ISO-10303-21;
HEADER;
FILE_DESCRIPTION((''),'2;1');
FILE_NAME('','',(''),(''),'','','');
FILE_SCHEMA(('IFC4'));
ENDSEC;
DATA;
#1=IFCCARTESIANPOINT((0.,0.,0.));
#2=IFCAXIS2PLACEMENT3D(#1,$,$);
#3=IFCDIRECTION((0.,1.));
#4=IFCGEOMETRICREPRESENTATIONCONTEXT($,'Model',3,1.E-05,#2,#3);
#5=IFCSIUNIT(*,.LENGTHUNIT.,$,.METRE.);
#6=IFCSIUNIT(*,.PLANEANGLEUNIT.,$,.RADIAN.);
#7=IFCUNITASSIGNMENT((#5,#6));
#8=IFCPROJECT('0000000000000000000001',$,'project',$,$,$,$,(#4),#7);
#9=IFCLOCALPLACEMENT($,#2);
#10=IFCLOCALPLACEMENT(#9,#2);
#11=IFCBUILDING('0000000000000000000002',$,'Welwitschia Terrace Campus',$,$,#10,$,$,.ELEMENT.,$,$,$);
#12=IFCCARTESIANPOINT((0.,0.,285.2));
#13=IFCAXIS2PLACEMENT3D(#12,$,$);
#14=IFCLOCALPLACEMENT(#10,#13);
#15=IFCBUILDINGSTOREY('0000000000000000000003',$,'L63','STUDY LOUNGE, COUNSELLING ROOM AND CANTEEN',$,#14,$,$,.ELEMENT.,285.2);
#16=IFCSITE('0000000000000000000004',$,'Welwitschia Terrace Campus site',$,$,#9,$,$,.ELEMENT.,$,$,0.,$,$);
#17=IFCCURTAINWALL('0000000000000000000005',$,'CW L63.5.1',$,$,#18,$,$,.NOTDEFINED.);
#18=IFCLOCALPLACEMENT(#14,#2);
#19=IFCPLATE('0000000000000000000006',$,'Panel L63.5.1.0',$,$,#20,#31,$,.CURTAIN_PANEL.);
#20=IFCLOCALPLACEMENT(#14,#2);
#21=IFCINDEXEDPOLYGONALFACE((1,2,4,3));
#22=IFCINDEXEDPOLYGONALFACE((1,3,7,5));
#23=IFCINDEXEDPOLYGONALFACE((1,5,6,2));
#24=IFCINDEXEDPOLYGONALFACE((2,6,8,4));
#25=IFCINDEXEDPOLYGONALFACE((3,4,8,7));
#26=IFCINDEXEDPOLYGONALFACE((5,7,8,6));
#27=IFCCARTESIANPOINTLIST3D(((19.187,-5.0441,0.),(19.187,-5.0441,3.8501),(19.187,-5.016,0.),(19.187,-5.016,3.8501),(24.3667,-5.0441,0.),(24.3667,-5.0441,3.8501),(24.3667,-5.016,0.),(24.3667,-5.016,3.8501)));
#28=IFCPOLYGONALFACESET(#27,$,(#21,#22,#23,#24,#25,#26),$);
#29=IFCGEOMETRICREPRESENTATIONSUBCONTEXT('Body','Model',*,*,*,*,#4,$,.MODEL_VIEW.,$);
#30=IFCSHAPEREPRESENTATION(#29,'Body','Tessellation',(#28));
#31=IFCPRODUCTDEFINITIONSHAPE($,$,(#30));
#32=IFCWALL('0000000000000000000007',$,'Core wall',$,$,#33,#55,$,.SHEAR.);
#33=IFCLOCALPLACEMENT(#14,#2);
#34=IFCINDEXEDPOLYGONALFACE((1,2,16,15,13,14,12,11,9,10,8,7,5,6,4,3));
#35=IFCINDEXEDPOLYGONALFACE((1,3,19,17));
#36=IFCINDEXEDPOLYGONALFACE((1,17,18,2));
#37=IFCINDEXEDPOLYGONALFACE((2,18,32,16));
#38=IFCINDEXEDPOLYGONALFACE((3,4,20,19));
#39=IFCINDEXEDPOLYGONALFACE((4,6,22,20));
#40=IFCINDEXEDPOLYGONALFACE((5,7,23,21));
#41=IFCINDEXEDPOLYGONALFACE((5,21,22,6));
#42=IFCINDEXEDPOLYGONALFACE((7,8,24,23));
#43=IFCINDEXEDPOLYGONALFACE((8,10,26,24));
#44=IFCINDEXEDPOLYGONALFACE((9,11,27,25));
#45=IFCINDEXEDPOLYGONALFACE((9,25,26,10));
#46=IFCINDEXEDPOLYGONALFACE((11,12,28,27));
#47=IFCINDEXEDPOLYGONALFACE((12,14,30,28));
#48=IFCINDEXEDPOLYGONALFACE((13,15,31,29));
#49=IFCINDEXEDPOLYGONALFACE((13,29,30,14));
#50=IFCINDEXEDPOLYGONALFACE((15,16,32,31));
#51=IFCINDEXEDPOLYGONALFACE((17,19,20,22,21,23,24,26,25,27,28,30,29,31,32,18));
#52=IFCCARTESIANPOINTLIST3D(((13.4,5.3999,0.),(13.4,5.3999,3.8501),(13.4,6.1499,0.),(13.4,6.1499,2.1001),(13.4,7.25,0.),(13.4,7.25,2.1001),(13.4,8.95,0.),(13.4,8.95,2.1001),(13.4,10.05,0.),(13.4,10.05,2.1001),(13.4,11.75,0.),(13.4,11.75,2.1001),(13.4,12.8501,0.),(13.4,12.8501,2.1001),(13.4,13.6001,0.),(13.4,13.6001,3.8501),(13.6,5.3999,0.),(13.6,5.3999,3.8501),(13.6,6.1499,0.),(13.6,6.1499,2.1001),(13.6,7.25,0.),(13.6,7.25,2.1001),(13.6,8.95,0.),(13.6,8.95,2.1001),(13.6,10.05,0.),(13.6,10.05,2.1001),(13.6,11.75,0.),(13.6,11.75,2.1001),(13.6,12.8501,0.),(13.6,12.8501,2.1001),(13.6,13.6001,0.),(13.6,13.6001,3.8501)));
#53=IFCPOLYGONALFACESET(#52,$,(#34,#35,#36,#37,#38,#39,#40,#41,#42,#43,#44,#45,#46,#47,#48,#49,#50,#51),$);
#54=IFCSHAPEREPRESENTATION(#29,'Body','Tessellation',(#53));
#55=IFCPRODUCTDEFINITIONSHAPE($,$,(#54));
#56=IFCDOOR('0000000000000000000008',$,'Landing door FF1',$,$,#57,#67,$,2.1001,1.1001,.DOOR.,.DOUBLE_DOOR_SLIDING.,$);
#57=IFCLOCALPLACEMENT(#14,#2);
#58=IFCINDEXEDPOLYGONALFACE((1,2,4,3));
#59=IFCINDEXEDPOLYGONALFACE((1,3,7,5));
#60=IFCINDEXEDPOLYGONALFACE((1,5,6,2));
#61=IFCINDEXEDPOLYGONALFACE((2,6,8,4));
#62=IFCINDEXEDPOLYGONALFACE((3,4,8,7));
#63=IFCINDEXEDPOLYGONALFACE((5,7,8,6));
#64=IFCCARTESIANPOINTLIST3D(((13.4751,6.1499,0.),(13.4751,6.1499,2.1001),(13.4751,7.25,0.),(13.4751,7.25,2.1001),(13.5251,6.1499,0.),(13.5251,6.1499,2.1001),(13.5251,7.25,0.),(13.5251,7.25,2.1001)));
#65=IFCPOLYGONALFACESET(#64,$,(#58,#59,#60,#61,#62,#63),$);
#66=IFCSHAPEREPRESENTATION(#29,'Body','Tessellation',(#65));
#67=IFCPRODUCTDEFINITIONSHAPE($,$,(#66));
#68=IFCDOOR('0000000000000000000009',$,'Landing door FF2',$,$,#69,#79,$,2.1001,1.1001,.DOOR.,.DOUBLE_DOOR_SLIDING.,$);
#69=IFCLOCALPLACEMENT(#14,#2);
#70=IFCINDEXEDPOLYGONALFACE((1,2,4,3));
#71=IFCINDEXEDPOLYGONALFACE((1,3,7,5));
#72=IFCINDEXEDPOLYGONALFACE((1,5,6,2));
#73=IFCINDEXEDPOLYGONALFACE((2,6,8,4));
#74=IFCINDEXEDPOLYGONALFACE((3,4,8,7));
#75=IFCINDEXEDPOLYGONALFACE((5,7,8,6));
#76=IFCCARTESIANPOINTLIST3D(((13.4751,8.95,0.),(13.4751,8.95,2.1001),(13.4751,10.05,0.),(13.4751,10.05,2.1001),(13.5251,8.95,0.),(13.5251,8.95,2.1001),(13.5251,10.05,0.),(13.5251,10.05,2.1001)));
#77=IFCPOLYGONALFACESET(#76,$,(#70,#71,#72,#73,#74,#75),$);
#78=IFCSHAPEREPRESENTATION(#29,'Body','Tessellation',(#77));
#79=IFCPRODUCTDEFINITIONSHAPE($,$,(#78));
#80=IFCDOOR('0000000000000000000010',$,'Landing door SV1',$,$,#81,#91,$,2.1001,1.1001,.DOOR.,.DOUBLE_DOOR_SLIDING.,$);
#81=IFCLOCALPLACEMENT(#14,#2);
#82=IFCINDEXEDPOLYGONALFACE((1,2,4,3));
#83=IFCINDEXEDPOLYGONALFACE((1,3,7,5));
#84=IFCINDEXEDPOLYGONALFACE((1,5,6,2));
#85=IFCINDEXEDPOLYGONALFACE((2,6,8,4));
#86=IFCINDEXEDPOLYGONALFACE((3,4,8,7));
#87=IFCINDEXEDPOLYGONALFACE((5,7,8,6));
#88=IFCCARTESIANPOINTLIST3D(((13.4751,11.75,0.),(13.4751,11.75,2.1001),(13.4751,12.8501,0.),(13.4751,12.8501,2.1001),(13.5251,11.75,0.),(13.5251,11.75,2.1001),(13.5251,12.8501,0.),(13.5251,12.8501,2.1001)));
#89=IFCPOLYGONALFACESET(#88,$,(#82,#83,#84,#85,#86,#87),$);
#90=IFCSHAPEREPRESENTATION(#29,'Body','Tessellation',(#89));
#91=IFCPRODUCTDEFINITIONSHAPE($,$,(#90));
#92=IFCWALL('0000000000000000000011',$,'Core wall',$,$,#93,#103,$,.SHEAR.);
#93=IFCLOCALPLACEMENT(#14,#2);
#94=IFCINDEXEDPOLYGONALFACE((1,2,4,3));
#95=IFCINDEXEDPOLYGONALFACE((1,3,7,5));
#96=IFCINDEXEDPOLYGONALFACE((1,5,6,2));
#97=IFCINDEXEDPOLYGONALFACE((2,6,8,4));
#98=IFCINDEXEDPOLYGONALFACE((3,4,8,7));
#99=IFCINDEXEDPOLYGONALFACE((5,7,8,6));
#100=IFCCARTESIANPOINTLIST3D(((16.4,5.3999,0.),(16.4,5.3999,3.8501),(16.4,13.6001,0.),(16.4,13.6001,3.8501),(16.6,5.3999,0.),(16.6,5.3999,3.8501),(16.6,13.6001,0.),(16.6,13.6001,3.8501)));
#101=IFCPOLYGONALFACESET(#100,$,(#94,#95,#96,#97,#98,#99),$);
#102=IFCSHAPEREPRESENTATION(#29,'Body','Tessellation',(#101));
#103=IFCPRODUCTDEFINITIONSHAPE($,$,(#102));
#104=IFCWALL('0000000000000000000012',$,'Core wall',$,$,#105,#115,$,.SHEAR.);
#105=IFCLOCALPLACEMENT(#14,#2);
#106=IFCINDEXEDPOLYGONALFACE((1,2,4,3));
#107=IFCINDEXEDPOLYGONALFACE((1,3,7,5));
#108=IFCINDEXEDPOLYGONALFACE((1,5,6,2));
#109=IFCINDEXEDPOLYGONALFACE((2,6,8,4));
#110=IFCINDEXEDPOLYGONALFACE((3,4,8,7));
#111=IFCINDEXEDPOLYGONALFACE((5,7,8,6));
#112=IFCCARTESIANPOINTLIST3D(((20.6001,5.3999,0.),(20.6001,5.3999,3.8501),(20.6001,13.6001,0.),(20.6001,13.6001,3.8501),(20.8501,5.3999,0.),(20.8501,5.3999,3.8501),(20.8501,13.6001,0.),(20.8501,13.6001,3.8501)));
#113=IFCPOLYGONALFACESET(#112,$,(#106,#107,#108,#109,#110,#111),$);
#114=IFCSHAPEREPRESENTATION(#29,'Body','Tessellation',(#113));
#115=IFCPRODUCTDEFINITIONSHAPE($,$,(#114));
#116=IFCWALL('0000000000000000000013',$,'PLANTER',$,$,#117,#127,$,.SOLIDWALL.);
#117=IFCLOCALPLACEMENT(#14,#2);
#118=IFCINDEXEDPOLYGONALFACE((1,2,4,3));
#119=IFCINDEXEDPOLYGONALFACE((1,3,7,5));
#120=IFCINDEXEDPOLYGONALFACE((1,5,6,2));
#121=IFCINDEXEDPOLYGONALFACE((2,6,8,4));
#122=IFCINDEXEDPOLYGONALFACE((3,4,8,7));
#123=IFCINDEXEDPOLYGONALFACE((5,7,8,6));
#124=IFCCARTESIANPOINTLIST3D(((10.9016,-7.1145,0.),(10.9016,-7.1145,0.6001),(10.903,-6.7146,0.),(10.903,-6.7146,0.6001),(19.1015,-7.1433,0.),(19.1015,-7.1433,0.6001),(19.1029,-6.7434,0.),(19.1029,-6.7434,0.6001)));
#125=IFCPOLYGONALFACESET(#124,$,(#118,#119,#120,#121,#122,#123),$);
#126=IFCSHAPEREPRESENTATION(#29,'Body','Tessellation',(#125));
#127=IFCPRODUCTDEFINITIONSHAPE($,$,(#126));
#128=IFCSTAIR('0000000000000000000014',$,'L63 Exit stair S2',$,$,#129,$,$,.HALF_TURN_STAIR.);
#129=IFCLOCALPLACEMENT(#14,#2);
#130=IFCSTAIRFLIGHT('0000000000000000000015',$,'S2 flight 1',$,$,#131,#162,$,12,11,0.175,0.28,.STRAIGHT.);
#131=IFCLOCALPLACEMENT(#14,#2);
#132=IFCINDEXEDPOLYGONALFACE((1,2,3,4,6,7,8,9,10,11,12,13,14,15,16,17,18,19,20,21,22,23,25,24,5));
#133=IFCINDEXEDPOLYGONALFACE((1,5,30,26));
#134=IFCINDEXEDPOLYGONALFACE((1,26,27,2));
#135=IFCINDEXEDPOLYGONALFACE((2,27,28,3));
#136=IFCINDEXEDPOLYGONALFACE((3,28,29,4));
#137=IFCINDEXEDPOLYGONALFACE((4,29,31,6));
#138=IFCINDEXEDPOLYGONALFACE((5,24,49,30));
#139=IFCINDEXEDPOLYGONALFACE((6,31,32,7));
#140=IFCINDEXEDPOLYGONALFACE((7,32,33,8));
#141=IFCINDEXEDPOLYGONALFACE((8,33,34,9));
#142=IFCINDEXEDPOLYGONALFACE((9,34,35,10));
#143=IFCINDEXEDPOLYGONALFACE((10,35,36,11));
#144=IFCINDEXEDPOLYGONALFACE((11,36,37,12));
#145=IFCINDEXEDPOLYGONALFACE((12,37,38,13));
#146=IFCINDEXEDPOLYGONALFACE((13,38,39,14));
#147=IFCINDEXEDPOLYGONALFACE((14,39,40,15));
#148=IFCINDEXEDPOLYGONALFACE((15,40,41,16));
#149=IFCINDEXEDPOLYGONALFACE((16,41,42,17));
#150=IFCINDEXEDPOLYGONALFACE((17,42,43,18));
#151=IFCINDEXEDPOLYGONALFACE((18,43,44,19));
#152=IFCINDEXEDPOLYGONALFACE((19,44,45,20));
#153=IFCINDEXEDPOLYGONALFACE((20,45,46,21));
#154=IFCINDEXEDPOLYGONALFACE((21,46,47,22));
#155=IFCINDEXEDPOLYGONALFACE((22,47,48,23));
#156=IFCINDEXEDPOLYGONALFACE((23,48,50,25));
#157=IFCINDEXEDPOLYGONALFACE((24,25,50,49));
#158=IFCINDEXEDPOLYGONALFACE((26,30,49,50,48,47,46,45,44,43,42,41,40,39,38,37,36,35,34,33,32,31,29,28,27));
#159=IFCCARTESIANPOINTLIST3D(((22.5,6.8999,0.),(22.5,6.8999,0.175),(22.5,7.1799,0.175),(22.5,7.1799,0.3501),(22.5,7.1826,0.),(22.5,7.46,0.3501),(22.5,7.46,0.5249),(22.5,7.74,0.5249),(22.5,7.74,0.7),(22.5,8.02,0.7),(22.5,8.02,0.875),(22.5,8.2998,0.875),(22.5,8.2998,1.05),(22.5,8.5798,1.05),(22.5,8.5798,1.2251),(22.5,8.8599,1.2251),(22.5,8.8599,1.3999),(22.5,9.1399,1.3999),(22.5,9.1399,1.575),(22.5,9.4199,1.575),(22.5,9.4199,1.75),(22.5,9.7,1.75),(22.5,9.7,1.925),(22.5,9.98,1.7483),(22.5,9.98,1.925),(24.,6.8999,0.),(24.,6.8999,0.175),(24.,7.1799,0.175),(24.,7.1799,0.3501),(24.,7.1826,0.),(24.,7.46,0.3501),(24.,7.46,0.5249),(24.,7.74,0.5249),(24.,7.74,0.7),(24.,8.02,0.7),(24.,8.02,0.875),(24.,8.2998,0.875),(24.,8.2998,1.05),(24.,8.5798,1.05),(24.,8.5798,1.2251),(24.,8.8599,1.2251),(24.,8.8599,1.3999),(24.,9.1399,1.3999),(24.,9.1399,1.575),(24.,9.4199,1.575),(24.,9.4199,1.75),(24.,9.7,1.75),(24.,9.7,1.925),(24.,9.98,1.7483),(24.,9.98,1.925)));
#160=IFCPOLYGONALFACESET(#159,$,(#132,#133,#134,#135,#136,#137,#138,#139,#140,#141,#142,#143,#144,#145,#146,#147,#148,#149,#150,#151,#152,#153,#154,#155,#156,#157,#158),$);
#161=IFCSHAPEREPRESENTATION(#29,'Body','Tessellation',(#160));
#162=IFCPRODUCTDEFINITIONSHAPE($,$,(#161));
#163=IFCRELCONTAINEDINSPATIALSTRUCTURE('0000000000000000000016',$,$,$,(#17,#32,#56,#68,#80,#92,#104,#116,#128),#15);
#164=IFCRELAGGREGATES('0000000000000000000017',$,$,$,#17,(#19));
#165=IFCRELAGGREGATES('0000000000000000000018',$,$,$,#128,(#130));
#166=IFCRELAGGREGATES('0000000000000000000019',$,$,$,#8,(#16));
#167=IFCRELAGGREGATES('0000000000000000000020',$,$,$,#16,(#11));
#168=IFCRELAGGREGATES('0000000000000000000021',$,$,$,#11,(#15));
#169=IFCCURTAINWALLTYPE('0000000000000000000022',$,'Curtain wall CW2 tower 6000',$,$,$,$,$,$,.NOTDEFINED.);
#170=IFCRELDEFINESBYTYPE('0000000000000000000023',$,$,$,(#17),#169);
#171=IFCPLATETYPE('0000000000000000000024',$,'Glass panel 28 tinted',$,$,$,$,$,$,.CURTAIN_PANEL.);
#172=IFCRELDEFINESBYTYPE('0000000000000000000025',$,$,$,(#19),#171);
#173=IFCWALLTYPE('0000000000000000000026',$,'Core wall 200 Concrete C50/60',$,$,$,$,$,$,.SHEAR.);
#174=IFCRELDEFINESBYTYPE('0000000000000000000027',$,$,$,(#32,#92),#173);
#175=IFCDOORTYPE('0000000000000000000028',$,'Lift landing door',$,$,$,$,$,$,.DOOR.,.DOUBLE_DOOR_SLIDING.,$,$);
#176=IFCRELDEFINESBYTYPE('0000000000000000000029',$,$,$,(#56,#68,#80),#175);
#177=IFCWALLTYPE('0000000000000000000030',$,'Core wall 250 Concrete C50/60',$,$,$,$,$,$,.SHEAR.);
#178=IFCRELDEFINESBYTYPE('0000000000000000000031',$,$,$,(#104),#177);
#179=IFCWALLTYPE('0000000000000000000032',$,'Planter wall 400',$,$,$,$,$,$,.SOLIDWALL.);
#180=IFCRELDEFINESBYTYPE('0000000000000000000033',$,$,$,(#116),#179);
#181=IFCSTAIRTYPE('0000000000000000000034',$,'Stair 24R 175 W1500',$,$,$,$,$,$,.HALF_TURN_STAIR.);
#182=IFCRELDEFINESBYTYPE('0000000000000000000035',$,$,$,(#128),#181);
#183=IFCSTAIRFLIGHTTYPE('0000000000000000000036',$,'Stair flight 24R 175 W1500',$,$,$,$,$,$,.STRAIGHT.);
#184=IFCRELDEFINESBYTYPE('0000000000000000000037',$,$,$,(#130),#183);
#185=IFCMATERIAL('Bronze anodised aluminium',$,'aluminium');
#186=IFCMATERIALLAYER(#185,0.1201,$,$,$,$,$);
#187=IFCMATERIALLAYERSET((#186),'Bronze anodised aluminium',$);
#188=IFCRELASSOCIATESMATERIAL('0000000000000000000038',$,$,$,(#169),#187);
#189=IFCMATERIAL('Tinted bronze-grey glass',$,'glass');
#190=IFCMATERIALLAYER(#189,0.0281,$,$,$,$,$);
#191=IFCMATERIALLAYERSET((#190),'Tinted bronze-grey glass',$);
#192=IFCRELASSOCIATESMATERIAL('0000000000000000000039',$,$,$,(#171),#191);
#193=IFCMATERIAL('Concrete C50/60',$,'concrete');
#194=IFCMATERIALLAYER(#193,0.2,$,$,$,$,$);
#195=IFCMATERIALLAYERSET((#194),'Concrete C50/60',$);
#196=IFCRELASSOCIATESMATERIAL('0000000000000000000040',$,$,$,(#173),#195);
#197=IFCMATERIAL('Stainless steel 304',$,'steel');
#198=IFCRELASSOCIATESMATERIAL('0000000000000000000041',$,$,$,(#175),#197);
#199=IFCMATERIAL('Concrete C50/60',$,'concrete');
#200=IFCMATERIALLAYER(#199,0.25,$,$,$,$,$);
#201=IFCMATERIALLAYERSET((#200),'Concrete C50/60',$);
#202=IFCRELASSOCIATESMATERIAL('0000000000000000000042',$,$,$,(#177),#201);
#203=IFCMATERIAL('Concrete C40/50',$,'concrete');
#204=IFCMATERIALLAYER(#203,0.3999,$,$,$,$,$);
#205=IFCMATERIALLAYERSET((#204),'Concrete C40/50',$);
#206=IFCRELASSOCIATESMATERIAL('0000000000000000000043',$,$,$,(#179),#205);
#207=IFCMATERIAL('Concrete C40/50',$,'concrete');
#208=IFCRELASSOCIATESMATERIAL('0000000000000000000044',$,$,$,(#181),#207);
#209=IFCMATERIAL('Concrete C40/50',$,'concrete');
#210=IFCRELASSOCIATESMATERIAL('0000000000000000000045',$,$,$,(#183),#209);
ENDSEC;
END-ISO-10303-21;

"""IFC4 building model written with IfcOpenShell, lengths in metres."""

from ifc_helpers import new_model, si_unit, direction, frame, frame_2d, origin, origin_2d, place, context, subcontext, project, spatial, polyline, rectangle, outline, extrude, material, layer, layer_set, type_object, element, fill, aggregate, save


model = new_model("IFC4")

# Units and contexts
model_context = context("Model", 3, precision=1e-05, world=origin(), true_north=direction((0.0, 1.0)))
body_context = subcontext(model_context, "Body", "Model", "MODEL_VIEW")
ifc_project = project(units=[si_unit("LENGTHUNIT", "METRE"), si_unit("PLANEANGLEUNIT", "RADIAN")], contexts=[model_context])

# Site, building, storey
site_placement = place(None, origin())
site = spatial("IfcSite", under=ifc_project, at=site_placement, Name="Welwitschia Terrace Campus site", CompositionType="ELEMENT", RefElevation=0.0)
building_placement = place(site_placement, origin())
building = spatial("IfcBuilding", under=site, at=building_placement, Name="Welwitschia Terrace Campus", CompositionType="ELEMENT")
storey_placement = place(building_placement, frame((0.0, 0.0, 285.2)))
storey = spatial("IfcBuildingStorey", under=building, at=storey_placement, Name="L63", Description="STUDY LOUNGE, COUNSELLING ROOM AND CANTEEN", CompositionType="ELEMENT", Elevation=285.2)

# Curtain wall
ifc_material_1 = material(Name="Bronze anodised aluminium", Category="aluminium")
ifc_layer_1 = layer(ifc_material_1, 0.1201)
ifc_layer_set_1 = layer_set([ifc_layer_1], Name="Bronze anodised aluminium")
curtain_wall_type = type_object("IfcCurtainWallType", Name="Curtain wall CW2 tower 6000", PredefinedType="NOTDEFINED", material=ifc_layer_set_1)
curtain_wall_placement = place(storey_placement, origin())
curtain_wall = element("IfcCurtainWall", 1, at=curtain_wall_placement, inside=storey, type_object=curtain_wall_type, Name="CW L63.5.1", PredefinedType="NOTDEFINED")

# Plate
ifc_material_2 = material(Name="Tinted bronze-grey glass", Category="glass")
ifc_layer_2 = layer(ifc_material_2, 0.0281)
ifc_layer_set_2 = layer_set([ifc_layer_2], Name="Tinted bronze-grey glass")
plate_type = type_object("IfcPlateType", Name="Glass panel 28 tinted", PredefinedType="CURTAIN_PANEL", material=ifc_layer_set_2)
plate_placement = place(storey_placement, frame((21.7769, -5.03, 0.0), z_axis=(0.0, 0.0, 1.0), x_axis=(1.0, 0.0, 0.0)))
plate = element("IfcPlate", 2, at=plate_placement, type_object=plate_type, Name="Panel L63.5.1.0", PredefinedType="CURTAIN_PANEL", context=body_context, shape_type="SweptSolid", body=[
    extrude(rectangle(XDim=5.1797, YDim=0.0281, at=origin_2d()), origin(), (0.0, 0.0, 1.0), 3.8501),
])
aggregate(curtain_wall, [plate])

# Wall, openings, doors
ifc_material_3 = material(Name="Concrete C50/60", Category="concrete")
ifc_layer_3 = layer(ifc_material_3, 0.2)
ifc_layer_set_3 = layer_set([ifc_layer_3], Name="Concrete C50/60")
wall_type_1 = type_object("IfcWallType", Name="Core wall 200 Concrete C50/60", PredefinedType="SHEAR", material=ifc_layer_set_3)
wall_1_placement = place(storey_placement, frame((13.5, 5.3999, 0.0), z_axis=(0.0, 0.0, 1.0), x_axis=(0.0, 1.0, 0.0)))
wall_1 = element("IfcWall", 3, at=wall_1_placement, inside=storey, type_object=wall_type_1, Name="Core wall", PredefinedType="SHEAR", context=body_context, shape_type="SweptSolid", body=[
    extrude(rectangle(XDim=8.2002, YDim=0.2, at=frame_2d((4.1001, 0.0))), origin(), (0.0, 0.0, 1.0), 3.8501),
])
opening_1_placement = place(wall_1_placement, frame((0.75, 0.0, 0.0)))
opening_1 = element("IfcOpeningElement", 4, at=opening_1_placement, cuts=wall_1, PredefinedType="OPENING", context=body_context, shape_type="SweptSolid", body=[
    extrude(rectangle(XDim=1.1001, YDim=2.1001, at=frame_2d((0.55, 1.05))), frame((0.0, 0.1099, 0.0), z_axis=(0.0, -1.0, 0.0), x_axis=(1.0, 0.0, 0.0)), (0.0, 0.0, 1.0), 0.22),
])
opening_2_placement = place(wall_1_placement, frame((3.55, 0.0, 0.0)))
opening_2 = element("IfcOpeningElement", 5, at=opening_2_placement, cuts=wall_1, PredefinedType="OPENING", context=body_context, shape_type="SweptSolid", body=[
    extrude(rectangle(XDim=1.1001, YDim=2.1001, at=frame_2d((0.55, 1.05))), frame((0.0, 0.1099, 0.0), z_axis=(0.0, -1.0, 0.0), x_axis=(1.0, 0.0, 0.0)), (0.0, 0.0, 1.0), 0.22),
])
opening_3_placement = place(wall_1_placement, frame((6.3501, 0.0, 0.0)))
opening_3 = element("IfcOpeningElement", 6, at=opening_3_placement, cuts=wall_1, PredefinedType="OPENING", context=body_context, shape_type="SweptSolid", body=[
    extrude(rectangle(XDim=1.1001, YDim=2.1001, at=frame_2d((0.55, 1.05))), frame((0.0, 0.1099, 0.0), z_axis=(0.0, -1.0, 0.0), x_axis=(1.0, 0.0, 0.0)), (0.0, 0.0, 1.0), 0.22),
])
ifc_material_4 = material(Name="Stainless steel 304", Category="steel")
door_type_1 = type_object("IfcDoorType", Name="Lift landing door", OperationType="DOUBLE_DOOR_SLIDING", PredefinedType="DOOR", material=ifc_material_4)
door_1_placement = place(opening_1_placement, origin())
door_1 = element("IfcDoor", 7, at=door_1_placement, inside=storey, type_object=door_type_1, Name="Landing door FF1", OperationType="DOUBLE_DOOR_SLIDING", OverallHeight=2.1001, OverallWidth=1.1001, PredefinedType="DOOR", context=body_context, shape_type="SweptSolid", body=[
    extrude(rectangle(XDim=1.1001, YDim=2.1001, at=frame_2d((0.55, 1.05))), frame((0.0, 0.0249, 0.0), z_axis=(0.0, -1.0, 0.0), x_axis=(1.0, 0.0, 0.0)), (0.0, 0.0, 1.0), 0.05),
])
fill(opening_1, door_1)
door_2_placement = place(opening_2_placement, origin())
door_2 = element("IfcDoor", 8, at=door_2_placement, inside=storey, type_object=door_type_1, Name="Landing door FF2", OperationType="DOUBLE_DOOR_SLIDING", OverallHeight=2.1001, OverallWidth=1.1001, PredefinedType="DOOR", context=body_context, shape_type="SweptSolid", body=[
    extrude(rectangle(XDim=1.1001, YDim=2.1001, at=frame_2d((0.55, 1.05))), frame((0.0, 0.0249, 0.0), z_axis=(0.0, -1.0, 0.0), x_axis=(1.0, 0.0, 0.0)), (0.0, 0.0, 1.0), 0.05),
])
fill(opening_2, door_2)
door_3_placement = place(opening_3_placement, origin())
door_3 = element("IfcDoor", 9, at=door_3_placement, inside=storey, type_object=door_type_1, Name="Landing door SV1", OperationType="DOUBLE_DOOR_SLIDING", OverallHeight=2.1001, OverallWidth=1.1001, PredefinedType="DOOR", context=body_context, shape_type="SweptSolid", body=[
    extrude(rectangle(XDim=1.1001, YDim=2.1001, at=frame_2d((0.55, 1.05))), frame((0.0, 0.0249, 0.0), z_axis=(0.0, -1.0, 0.0), x_axis=(1.0, 0.0, 0.0)), (0.0, 0.0, 1.0), 0.05),
])
fill(opening_3, door_3)

# Walls
wall_2_placement = place(storey_placement, frame((16.5, 5.3999, 0.0), z_axis=(0.0, 0.0, 1.0), x_axis=(0.0, 1.0, 0.0)))
element("IfcWall", 10, at=wall_2_placement, inside=storey, type_object=wall_type_1, Name="Core wall", PredefinedType="SHEAR", context=body_context, shape_type="SweptSolid", body=[
    extrude(rectangle(XDim=8.2002, YDim=0.2, at=frame_2d((4.1001, 0.0))), origin(), (0.0, 0.0, 1.0), 3.8501),
])
ifc_material_5 = material(Name="Concrete C50/60", Category="concrete")
ifc_layer_4 = layer(ifc_material_5, 0.25)
ifc_layer_set_4 = layer_set([ifc_layer_4], Name="Concrete C50/60")
wall_type_2 = type_object("IfcWallType", Name="Core wall 250 Concrete C50/60", PredefinedType="SHEAR", material=ifc_layer_set_4)
wall_3_placement = place(storey_placement, frame((20.7251, 5.3999, 0.0), z_axis=(0.0, 0.0, 1.0), x_axis=(0.0, 1.0, 0.0)))
element("IfcWall", 11, at=wall_3_placement, inside=storey, type_object=wall_type_2, Name="Core wall", PredefinedType="SHEAR", context=body_context, shape_type="SweptSolid", body=[
    extrude(rectangle(XDim=8.2002, YDim=0.25, at=frame_2d((4.1001, 0.0))), origin(), (0.0, 0.0, 1.0), 3.8501),
])
ifc_material_6 = material(Name="Concrete C40/50", Category="concrete")
ifc_layer_5 = layer(ifc_material_6, 0.3999)
ifc_layer_set_5 = layer_set([ifc_layer_5], Name="Concrete C40/50")
wall_type_3 = type_object("IfcWallType", Name="Planter wall 400", PredefinedType="SOLIDWALL", material=ifc_layer_set_5)
wall_4_placement = place(storey_placement, frame((19.1023, -6.9434, 0.0), z_axis=(0.0, 0.0, 1.0), x_axis=(-0.999994, 0.003513, 0.0)))
element("IfcWall", 12, at=wall_4_placement, inside=storey, type_object=wall_type_3, Name="PLANTER", PredefinedType="SOLIDWALL", context=body_context, shape_type="SweptSolid", body=[
    extrude(rectangle(XDim=8.2, YDim=0.3999, at=frame_2d((4.1001, 0.0))), origin(), (0.0, 0.0, 1.0), 0.6001),
])

# Stair, stair flight
ifc_material_7 = material(Name="Concrete C40/50", Category="concrete")
stair_type = type_object("IfcStairType", Name="Stair 24R 175 W1500", PredefinedType="HALF_TURN_STAIR", material=ifc_material_7)
stair_placement = place(storey_placement, origin())
stair = element("IfcStair", 13, at=stair_placement, inside=storey, type_object=stair_type, Name="L63 Exit stair S2", PredefinedType="HALF_TURN_STAIR")
ifc_material_8 = material(Name="Concrete C40/50", Category="concrete")
stair_flight_type = type_object("IfcStairFlightType", Name="Stair flight 24R 175 W1500", PredefinedType="STRAIGHT", material=ifc_material_8)
stair_flight_placement = place(storey_placement, frame((23.25, 6.8999, 0.0), z_axis=(0.0, 0.0, 1.0), x_axis=(0.0, 1.0, 0.0)))
stair_flight = element("IfcStairFlight", 14, at=stair_flight_placement, type_object=stair_flight_type, Name="S2 flight 1", NumberOfRisers=12, NumberOfTreads=11, PredefinedType="STRAIGHT", RiserHeight=0.175, TreadLength=0.28, context=body_context, shape_type="SweptSolid", body=[
    extrude(outline(polyline([(0.0, 0.0), (0.0, 0.175), (0.28, 0.175), (0.28, 0.3501), (0.5601, 0.3501), (0.5601, 0.5249), (0.8401, 0.5249), (0.8401, 0.7), (1.1201, 0.7), (1.1201, 0.875), (1.3999, 0.875), (1.3999, 1.05), (1.6799, 1.05), (1.6799, 1.2251), (1.96, 1.2251), (1.96, 1.3999), (2.24, 1.3999), (2.24, 1.575), (2.52, 1.575), (2.52, 1.75), (2.8, 1.75), (2.8, 1.925), (3.0801, 1.925), (3.0801, 2.1001), (3.0801, 1.7483), (0.2827, 0.0), (0.0, 0.0)])), frame((0.0, 0.75, 0.0), z_axis=(0.0, -1.0, 0.0), x_axis=(1.0, 0.0, 0.0)), (0.0, 0.0, 1.0), 1.5),
])
aggregate(stair, [stair_flight])

save(model, "model.ifc")
